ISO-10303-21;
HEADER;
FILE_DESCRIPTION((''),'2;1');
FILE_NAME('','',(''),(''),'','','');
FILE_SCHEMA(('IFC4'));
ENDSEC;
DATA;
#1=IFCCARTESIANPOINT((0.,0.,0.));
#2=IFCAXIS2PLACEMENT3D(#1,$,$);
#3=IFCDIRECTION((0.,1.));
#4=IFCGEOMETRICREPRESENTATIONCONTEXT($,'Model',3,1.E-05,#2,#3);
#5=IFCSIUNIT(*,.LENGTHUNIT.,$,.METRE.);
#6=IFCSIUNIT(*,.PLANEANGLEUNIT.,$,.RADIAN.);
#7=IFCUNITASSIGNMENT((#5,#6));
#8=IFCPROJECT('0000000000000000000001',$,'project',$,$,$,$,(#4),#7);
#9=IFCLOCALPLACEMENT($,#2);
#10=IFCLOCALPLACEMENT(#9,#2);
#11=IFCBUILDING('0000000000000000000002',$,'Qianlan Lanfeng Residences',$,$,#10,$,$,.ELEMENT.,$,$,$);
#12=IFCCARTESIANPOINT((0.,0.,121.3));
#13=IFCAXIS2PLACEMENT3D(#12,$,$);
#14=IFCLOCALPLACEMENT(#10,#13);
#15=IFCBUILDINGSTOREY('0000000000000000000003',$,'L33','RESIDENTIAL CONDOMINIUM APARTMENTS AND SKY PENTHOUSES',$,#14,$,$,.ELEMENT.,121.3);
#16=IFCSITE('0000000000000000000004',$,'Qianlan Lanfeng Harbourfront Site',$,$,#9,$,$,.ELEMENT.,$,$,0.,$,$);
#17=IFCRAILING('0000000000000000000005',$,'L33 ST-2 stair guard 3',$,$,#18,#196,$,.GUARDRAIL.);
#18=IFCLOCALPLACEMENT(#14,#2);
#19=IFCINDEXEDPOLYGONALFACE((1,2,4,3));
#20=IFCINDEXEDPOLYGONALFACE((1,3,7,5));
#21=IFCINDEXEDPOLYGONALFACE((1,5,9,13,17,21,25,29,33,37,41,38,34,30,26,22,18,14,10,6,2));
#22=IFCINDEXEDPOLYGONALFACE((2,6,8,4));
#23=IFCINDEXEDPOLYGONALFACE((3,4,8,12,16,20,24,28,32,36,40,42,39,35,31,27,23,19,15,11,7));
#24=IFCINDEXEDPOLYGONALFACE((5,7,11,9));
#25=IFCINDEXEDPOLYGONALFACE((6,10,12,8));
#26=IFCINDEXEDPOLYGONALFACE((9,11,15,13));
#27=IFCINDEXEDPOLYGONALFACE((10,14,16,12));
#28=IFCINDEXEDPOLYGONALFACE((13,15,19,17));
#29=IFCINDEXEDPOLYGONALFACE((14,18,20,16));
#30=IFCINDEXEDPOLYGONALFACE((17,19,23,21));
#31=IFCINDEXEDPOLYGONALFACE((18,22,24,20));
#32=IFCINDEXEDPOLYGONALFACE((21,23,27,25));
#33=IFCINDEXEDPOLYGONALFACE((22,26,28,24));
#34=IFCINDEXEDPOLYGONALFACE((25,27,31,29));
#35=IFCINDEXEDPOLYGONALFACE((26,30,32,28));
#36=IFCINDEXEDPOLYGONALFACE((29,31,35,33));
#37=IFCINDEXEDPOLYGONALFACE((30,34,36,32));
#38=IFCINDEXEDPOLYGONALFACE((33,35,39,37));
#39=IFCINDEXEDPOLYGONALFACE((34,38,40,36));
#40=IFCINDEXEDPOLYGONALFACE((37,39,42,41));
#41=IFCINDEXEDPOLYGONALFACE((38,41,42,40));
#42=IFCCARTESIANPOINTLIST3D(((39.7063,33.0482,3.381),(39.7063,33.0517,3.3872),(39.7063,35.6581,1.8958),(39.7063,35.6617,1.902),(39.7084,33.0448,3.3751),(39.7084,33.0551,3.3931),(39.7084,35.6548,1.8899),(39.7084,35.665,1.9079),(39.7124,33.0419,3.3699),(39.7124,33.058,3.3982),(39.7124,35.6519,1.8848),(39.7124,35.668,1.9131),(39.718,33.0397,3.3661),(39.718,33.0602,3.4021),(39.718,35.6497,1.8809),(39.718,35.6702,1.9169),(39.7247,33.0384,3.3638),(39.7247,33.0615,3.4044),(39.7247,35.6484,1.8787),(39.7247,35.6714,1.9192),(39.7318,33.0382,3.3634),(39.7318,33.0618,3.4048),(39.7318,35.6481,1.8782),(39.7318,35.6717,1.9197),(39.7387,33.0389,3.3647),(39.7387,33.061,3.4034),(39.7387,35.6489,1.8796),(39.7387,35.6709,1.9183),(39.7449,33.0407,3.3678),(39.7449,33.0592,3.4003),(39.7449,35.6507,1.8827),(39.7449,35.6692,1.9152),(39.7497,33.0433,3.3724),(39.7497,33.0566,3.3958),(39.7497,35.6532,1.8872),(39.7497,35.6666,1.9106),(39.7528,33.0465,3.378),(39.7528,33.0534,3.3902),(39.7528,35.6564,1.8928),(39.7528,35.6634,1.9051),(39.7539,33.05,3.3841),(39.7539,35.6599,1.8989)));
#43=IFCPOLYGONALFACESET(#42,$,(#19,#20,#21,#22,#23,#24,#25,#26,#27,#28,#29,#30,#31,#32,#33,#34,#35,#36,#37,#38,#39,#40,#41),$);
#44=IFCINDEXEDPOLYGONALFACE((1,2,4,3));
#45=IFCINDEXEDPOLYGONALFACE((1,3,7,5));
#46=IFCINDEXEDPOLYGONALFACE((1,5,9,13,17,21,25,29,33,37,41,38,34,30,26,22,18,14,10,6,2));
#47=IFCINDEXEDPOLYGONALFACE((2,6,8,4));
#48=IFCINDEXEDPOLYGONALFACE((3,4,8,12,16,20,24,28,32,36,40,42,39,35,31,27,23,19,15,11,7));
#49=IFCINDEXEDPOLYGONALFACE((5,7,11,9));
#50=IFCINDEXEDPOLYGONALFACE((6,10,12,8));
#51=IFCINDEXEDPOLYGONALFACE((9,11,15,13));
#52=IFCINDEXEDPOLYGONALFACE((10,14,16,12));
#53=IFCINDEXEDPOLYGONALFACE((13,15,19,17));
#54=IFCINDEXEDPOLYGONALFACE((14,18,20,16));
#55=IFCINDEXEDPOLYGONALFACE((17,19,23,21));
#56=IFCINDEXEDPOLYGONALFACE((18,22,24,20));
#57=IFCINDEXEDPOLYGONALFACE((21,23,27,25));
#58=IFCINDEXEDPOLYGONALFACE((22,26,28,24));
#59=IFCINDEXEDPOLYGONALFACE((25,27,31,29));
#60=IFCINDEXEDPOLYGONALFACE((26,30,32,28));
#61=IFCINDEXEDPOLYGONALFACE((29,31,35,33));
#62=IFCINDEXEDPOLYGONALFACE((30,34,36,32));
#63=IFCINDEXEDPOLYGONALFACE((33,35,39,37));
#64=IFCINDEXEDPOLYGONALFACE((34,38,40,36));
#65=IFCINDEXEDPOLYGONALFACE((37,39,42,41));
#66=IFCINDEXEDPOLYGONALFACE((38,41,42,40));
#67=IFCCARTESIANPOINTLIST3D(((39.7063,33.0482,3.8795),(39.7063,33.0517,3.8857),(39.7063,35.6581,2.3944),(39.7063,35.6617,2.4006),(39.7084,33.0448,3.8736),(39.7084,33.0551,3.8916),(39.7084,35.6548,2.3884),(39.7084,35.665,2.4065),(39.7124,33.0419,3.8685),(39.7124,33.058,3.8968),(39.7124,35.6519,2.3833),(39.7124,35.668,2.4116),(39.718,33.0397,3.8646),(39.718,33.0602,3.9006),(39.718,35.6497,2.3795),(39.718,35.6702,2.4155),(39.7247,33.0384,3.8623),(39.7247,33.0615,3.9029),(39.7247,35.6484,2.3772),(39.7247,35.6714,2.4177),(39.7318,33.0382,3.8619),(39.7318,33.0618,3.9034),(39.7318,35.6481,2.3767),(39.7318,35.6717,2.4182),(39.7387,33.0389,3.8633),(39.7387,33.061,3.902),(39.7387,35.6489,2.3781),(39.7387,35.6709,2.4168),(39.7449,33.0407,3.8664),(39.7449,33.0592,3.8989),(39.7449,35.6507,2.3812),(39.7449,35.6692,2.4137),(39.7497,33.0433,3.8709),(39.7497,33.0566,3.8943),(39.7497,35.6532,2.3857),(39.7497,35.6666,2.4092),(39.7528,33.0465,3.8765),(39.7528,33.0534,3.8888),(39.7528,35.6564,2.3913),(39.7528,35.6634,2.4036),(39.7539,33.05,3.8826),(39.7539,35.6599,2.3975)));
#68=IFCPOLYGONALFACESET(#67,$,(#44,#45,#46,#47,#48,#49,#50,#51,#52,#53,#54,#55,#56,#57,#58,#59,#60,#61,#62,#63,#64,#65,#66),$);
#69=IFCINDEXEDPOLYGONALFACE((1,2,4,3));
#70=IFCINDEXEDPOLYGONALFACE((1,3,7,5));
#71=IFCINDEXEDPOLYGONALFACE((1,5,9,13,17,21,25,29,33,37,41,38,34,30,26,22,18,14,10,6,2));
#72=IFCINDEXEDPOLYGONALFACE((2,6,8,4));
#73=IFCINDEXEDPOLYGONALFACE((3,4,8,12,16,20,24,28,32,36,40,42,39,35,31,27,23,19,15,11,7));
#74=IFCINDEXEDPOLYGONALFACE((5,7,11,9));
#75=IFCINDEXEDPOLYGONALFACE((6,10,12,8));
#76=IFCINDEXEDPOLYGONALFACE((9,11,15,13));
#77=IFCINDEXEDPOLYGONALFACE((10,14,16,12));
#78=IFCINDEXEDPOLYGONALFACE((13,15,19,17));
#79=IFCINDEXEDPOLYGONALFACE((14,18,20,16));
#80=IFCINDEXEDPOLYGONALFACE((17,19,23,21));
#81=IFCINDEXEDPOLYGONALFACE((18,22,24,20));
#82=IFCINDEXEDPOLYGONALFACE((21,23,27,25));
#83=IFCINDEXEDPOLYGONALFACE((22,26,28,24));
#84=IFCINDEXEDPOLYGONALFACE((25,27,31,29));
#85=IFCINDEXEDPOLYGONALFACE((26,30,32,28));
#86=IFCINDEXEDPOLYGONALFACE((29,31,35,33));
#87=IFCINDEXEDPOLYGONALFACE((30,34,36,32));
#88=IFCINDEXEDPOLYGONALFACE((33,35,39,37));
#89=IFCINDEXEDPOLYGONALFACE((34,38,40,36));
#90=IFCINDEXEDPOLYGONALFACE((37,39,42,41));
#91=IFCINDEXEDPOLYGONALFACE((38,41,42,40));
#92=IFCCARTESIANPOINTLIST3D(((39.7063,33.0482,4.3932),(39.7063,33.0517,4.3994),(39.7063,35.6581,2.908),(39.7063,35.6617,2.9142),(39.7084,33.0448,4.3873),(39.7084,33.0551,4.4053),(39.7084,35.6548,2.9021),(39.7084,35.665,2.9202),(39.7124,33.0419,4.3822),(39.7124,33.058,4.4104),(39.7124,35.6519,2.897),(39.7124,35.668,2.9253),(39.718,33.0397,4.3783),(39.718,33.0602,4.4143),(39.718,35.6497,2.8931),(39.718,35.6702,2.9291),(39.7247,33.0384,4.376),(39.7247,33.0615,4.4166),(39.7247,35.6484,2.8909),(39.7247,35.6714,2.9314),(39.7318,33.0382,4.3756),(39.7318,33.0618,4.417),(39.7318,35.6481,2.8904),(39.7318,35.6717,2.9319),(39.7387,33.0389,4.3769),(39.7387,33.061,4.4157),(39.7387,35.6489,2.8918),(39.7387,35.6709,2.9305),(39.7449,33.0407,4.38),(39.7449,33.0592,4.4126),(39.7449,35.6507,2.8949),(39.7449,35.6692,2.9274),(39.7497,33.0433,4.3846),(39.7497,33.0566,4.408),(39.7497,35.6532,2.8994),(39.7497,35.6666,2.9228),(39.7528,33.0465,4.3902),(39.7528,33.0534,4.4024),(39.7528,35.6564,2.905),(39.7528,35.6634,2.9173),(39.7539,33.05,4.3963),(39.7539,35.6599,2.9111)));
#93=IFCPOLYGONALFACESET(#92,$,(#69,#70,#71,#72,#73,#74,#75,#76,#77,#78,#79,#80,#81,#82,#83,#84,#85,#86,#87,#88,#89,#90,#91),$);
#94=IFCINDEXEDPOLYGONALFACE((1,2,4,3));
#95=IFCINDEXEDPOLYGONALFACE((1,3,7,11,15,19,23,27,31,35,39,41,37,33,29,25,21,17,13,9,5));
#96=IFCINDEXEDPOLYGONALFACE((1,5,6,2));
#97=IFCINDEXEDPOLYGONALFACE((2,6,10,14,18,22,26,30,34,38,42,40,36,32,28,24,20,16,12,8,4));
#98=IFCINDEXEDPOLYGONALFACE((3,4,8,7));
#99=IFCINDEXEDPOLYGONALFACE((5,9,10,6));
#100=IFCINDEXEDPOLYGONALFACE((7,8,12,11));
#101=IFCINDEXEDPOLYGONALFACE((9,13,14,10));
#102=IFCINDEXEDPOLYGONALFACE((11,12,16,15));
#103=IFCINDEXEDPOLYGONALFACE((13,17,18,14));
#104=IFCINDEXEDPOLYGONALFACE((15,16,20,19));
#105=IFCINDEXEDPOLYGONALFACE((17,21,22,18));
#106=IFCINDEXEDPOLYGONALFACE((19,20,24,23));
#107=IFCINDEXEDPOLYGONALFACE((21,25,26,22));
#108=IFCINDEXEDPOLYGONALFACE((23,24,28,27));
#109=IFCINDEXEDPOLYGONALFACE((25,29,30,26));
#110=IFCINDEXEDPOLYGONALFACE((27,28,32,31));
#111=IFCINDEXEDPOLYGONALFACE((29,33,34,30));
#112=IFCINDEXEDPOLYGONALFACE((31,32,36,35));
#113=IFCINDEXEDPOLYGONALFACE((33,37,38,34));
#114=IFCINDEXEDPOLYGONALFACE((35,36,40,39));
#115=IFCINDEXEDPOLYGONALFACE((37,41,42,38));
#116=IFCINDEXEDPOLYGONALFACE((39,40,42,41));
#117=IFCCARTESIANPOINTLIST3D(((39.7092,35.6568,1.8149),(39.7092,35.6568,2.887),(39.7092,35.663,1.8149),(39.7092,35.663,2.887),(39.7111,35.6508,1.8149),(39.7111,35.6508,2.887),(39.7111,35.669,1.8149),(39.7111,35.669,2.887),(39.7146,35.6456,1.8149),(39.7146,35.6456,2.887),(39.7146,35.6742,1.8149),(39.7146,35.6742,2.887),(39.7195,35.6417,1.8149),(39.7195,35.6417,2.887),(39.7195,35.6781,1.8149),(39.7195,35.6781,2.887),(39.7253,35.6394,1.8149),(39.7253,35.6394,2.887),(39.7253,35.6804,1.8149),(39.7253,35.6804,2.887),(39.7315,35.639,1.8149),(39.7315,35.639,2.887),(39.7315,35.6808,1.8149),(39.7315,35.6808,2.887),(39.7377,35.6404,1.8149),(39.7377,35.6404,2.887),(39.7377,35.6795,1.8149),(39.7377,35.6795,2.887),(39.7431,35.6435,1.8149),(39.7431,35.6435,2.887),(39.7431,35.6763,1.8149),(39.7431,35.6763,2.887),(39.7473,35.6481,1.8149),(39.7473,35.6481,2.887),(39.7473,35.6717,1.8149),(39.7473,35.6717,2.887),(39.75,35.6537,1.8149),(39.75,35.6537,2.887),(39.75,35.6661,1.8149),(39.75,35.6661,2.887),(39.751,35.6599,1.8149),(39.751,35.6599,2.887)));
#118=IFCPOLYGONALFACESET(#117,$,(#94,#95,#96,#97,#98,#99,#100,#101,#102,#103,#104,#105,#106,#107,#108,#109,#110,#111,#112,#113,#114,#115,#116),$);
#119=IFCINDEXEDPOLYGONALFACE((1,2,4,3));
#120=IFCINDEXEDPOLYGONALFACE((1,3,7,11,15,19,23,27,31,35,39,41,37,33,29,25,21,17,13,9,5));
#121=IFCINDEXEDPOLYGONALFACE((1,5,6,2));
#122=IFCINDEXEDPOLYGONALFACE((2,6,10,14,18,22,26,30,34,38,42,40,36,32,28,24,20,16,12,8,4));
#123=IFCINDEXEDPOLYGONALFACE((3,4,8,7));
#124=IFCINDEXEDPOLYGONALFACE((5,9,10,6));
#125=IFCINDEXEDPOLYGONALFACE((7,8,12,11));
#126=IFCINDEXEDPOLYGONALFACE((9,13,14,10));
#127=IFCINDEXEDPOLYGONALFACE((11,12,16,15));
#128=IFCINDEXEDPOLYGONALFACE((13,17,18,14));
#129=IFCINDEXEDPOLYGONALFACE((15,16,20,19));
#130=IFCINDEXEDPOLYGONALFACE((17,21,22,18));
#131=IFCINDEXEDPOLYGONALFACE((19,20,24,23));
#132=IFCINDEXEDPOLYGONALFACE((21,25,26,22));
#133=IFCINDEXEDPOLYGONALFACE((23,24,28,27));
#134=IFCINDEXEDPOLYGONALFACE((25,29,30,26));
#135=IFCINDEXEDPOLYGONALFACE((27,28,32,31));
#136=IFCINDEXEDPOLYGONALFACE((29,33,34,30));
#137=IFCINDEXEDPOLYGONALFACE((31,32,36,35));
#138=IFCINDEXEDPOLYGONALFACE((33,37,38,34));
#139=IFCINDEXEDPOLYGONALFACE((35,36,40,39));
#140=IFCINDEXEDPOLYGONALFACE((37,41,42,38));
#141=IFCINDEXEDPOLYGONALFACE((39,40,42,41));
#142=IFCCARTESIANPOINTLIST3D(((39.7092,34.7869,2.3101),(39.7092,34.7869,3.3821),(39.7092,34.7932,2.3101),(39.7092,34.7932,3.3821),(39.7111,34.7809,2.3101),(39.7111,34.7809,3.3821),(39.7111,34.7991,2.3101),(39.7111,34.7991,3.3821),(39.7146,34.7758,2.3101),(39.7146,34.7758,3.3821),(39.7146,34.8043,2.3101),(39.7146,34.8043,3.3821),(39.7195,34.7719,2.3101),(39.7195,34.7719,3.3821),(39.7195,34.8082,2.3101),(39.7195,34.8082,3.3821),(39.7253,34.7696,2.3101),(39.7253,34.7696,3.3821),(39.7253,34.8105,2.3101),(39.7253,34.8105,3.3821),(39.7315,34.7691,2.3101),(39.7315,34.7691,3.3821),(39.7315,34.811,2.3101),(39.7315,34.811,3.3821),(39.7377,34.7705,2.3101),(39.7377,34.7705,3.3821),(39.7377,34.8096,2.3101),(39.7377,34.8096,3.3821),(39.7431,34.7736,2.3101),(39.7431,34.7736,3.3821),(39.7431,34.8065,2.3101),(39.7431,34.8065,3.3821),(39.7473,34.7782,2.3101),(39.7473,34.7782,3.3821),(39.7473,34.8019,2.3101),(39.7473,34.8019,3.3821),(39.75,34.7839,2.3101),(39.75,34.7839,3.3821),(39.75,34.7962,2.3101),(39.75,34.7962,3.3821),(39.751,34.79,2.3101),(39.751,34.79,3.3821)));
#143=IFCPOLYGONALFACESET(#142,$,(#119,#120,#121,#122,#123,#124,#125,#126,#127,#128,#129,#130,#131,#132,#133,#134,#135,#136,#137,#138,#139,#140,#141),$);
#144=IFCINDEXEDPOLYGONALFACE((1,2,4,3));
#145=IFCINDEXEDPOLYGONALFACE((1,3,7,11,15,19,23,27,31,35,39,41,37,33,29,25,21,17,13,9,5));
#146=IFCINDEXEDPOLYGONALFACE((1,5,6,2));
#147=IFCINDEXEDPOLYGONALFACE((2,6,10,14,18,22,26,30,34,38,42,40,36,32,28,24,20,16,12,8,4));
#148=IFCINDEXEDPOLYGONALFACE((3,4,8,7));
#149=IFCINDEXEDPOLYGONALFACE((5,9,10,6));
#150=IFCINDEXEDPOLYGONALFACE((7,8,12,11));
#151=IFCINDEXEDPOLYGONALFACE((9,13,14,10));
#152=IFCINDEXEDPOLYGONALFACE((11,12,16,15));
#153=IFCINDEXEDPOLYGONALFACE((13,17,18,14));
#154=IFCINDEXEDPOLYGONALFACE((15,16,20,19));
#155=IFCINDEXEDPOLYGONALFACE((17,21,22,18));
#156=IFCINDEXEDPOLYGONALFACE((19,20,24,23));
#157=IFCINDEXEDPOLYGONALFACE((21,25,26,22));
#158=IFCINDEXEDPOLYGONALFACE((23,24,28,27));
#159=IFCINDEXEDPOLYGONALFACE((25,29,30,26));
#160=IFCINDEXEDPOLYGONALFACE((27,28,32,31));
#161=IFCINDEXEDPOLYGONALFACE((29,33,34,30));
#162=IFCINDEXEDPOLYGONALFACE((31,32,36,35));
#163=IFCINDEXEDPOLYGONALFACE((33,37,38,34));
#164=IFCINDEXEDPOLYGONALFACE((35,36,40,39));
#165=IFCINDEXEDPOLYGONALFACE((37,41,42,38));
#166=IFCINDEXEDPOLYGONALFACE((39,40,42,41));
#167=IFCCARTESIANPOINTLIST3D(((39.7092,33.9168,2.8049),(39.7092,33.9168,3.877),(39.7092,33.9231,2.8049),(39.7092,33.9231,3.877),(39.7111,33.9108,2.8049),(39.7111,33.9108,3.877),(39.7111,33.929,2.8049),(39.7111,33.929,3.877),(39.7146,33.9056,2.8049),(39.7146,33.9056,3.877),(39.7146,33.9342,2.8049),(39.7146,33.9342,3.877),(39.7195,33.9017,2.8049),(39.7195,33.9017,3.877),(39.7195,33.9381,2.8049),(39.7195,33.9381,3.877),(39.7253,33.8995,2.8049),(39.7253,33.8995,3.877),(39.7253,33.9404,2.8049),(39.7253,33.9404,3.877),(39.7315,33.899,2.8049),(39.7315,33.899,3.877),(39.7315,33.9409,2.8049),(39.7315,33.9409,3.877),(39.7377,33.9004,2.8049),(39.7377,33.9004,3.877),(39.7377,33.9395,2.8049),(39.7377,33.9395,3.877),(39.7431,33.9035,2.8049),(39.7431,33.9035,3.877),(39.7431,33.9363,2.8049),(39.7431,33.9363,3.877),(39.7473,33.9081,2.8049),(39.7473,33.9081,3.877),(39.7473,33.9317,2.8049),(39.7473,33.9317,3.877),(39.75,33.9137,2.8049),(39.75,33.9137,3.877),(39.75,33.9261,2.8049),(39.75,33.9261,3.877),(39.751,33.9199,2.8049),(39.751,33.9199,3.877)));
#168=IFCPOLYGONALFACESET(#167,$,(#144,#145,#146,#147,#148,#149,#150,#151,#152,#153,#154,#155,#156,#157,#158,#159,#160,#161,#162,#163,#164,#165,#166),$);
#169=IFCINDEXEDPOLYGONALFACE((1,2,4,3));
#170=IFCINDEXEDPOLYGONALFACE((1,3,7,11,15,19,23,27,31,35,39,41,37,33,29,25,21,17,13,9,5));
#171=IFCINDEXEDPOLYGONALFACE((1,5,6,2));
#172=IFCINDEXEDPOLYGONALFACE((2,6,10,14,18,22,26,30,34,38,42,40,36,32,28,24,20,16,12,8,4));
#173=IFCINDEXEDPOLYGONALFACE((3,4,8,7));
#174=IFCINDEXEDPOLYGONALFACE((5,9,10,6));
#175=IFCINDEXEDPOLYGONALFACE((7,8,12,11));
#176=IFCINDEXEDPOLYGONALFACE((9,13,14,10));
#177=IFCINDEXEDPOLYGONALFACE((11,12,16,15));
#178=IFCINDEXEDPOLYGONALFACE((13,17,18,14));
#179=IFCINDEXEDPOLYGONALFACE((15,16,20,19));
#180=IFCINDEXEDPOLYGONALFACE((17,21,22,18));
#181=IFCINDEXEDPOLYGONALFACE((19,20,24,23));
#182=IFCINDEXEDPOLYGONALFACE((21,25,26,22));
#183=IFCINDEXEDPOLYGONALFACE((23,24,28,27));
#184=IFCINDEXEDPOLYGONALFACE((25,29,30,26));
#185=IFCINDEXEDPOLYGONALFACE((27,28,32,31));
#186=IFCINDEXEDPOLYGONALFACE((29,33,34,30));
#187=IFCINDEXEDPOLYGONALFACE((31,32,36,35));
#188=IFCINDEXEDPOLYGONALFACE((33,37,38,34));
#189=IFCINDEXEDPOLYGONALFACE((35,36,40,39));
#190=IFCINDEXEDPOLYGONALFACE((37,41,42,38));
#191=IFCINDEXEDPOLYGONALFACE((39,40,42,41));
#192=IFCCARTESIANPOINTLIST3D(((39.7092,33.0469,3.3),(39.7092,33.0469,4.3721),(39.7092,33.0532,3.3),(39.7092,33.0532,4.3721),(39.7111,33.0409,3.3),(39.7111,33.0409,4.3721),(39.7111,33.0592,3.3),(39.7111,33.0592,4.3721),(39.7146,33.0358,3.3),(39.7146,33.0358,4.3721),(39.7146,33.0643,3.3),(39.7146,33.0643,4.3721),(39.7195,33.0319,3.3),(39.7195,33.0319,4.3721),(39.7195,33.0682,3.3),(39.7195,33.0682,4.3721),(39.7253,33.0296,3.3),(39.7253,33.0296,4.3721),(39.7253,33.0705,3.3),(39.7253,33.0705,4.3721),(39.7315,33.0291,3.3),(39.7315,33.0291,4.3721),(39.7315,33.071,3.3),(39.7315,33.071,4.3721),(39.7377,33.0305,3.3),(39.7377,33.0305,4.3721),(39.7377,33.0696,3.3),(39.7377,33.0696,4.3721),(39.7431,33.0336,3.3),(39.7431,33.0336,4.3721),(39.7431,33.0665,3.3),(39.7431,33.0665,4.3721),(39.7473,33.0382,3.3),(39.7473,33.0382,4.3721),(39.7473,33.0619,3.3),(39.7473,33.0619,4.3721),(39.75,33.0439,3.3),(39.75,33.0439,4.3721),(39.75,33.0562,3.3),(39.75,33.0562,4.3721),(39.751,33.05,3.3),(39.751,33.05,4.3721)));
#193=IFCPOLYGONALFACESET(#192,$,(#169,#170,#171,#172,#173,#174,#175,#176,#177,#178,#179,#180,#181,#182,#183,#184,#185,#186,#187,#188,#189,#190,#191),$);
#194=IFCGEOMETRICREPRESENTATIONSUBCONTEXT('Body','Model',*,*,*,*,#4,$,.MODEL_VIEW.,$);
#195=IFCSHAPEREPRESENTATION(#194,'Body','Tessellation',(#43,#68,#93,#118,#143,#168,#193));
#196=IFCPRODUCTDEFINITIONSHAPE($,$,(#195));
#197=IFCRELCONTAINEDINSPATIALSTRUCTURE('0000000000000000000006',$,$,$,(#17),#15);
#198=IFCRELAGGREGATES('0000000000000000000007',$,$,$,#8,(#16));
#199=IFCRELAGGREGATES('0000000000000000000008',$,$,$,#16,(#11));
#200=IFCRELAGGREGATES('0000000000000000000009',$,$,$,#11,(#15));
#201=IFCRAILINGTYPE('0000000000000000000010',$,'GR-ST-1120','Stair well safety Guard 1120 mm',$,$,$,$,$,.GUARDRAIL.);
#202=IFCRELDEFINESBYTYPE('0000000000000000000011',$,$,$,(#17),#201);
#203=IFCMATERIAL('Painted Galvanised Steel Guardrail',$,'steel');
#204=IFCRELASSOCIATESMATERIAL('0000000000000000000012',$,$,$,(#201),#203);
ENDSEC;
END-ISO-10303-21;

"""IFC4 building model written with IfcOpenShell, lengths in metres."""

from ifc_helpers import new_model, si_unit, direction, frame, origin, origin_2d, place, context, subcontext, project, spatial, circle, extrude, material, type_object, element, save


model = new_model("IFC4")

# Units and contexts
model_context = context("Model", 3, precision=1e-05, world=origin(), true_north=direction((0.0, 1.0)))
body_context = subcontext(model_context, "Body", "Model", "MODEL_VIEW")
ifc_project = project(units=[si_unit("LENGTHUNIT", "METRE"), si_unit("PLANEANGLEUNIT", "RADIAN")], contexts=[model_context])

# Site, building, storey
site_placement = place(None, origin())
site = spatial("IfcSite", under=ifc_project, at=site_placement, Name="Qianlan Lanfeng Harbourfront Site", CompositionType="ELEMENT", RefElevation=0.0)
building_placement = place(site_placement, origin())
building = spatial("IfcBuilding", under=site, at=building_placement, Name="Qianlan Lanfeng Residences", CompositionType="ELEMENT")
storey_placement = place(building_placement, frame((0.0, 0.0, 121.3)))
storey = spatial("IfcBuildingStorey", under=building, at=storey_placement, Name="L33", Description="RESIDENTIAL CONDOMINIUM APARTMENTS AND SKY PENTHOUSES", CompositionType="ELEMENT", Elevation=121.3)

# Railing
ifc_material_1 = material(Name="Painted Galvanised Steel Guardrail", Category="steel")
railing_type_1 = type_object("IfcRailingType", Name="GR-ST-1120", Description="Stair well safety Guard 1120 mm", PredefinedType="GUARDRAIL", material=ifc_material_1)
railing_1_placement = place(storey_placement, frame((39.73, 35.6599, 1.8149)))
element("IfcRailing", 1, at=railing_1_placement, inside=storey, type_object=railing_type_1, Name="L33 ST-2 stair guard 3", PredefinedType="GUARDRAIL", context=body_context, shape_type="SweptSolid", body=[
    extrude(circle(Radius=0.0239, at=origin_2d()), frame((0.0, 0.0, 0.084), z_axis=(0.0, -0.869137, 0.494571), x_axis=(1.0, 0.0, 0.0)), (0.0, 0.0, 1.0), 3.0029),
    extrude(circle(Radius=0.0239, at=origin_2d()), frame((0.0, 0.0, 0.5825), z_axis=(0.0, -0.869137, 0.494571), x_axis=(1.0, 0.0, 0.0)), (0.0, 0.0, 1.0), 3.0029),
    extrude(circle(Radius=0.0239, at=origin_2d()), frame((0.0, 0.0, 1.0962), z_axis=(0.0, -0.869137, 0.494571), x_axis=(1.0, 0.0, 0.0)), (0.0, 0.0, 1.0), 3.0029),
    extrude(circle(Radius=0.021, at=origin_2d()), origin(), (0.0, 0.0, 1.0), 1.072),
    extrude(circle(Radius=0.021, at=origin_2d()), frame((0.0, -0.8699, 0.4951)), (0.0, 0.0, 1.0), 1.072),
    extrude(circle(Radius=0.021, at=origin_2d()), frame((0.0, -1.74, 0.99)), (0.0, 0.0, 1.0), 1.072),
    extrude(circle(Radius=0.021, at=origin_2d()), frame((0.0, -2.6099, 1.4851)), (0.0, 0.0, 1.0), 1.072),
])

save(model, "model.ifc")
